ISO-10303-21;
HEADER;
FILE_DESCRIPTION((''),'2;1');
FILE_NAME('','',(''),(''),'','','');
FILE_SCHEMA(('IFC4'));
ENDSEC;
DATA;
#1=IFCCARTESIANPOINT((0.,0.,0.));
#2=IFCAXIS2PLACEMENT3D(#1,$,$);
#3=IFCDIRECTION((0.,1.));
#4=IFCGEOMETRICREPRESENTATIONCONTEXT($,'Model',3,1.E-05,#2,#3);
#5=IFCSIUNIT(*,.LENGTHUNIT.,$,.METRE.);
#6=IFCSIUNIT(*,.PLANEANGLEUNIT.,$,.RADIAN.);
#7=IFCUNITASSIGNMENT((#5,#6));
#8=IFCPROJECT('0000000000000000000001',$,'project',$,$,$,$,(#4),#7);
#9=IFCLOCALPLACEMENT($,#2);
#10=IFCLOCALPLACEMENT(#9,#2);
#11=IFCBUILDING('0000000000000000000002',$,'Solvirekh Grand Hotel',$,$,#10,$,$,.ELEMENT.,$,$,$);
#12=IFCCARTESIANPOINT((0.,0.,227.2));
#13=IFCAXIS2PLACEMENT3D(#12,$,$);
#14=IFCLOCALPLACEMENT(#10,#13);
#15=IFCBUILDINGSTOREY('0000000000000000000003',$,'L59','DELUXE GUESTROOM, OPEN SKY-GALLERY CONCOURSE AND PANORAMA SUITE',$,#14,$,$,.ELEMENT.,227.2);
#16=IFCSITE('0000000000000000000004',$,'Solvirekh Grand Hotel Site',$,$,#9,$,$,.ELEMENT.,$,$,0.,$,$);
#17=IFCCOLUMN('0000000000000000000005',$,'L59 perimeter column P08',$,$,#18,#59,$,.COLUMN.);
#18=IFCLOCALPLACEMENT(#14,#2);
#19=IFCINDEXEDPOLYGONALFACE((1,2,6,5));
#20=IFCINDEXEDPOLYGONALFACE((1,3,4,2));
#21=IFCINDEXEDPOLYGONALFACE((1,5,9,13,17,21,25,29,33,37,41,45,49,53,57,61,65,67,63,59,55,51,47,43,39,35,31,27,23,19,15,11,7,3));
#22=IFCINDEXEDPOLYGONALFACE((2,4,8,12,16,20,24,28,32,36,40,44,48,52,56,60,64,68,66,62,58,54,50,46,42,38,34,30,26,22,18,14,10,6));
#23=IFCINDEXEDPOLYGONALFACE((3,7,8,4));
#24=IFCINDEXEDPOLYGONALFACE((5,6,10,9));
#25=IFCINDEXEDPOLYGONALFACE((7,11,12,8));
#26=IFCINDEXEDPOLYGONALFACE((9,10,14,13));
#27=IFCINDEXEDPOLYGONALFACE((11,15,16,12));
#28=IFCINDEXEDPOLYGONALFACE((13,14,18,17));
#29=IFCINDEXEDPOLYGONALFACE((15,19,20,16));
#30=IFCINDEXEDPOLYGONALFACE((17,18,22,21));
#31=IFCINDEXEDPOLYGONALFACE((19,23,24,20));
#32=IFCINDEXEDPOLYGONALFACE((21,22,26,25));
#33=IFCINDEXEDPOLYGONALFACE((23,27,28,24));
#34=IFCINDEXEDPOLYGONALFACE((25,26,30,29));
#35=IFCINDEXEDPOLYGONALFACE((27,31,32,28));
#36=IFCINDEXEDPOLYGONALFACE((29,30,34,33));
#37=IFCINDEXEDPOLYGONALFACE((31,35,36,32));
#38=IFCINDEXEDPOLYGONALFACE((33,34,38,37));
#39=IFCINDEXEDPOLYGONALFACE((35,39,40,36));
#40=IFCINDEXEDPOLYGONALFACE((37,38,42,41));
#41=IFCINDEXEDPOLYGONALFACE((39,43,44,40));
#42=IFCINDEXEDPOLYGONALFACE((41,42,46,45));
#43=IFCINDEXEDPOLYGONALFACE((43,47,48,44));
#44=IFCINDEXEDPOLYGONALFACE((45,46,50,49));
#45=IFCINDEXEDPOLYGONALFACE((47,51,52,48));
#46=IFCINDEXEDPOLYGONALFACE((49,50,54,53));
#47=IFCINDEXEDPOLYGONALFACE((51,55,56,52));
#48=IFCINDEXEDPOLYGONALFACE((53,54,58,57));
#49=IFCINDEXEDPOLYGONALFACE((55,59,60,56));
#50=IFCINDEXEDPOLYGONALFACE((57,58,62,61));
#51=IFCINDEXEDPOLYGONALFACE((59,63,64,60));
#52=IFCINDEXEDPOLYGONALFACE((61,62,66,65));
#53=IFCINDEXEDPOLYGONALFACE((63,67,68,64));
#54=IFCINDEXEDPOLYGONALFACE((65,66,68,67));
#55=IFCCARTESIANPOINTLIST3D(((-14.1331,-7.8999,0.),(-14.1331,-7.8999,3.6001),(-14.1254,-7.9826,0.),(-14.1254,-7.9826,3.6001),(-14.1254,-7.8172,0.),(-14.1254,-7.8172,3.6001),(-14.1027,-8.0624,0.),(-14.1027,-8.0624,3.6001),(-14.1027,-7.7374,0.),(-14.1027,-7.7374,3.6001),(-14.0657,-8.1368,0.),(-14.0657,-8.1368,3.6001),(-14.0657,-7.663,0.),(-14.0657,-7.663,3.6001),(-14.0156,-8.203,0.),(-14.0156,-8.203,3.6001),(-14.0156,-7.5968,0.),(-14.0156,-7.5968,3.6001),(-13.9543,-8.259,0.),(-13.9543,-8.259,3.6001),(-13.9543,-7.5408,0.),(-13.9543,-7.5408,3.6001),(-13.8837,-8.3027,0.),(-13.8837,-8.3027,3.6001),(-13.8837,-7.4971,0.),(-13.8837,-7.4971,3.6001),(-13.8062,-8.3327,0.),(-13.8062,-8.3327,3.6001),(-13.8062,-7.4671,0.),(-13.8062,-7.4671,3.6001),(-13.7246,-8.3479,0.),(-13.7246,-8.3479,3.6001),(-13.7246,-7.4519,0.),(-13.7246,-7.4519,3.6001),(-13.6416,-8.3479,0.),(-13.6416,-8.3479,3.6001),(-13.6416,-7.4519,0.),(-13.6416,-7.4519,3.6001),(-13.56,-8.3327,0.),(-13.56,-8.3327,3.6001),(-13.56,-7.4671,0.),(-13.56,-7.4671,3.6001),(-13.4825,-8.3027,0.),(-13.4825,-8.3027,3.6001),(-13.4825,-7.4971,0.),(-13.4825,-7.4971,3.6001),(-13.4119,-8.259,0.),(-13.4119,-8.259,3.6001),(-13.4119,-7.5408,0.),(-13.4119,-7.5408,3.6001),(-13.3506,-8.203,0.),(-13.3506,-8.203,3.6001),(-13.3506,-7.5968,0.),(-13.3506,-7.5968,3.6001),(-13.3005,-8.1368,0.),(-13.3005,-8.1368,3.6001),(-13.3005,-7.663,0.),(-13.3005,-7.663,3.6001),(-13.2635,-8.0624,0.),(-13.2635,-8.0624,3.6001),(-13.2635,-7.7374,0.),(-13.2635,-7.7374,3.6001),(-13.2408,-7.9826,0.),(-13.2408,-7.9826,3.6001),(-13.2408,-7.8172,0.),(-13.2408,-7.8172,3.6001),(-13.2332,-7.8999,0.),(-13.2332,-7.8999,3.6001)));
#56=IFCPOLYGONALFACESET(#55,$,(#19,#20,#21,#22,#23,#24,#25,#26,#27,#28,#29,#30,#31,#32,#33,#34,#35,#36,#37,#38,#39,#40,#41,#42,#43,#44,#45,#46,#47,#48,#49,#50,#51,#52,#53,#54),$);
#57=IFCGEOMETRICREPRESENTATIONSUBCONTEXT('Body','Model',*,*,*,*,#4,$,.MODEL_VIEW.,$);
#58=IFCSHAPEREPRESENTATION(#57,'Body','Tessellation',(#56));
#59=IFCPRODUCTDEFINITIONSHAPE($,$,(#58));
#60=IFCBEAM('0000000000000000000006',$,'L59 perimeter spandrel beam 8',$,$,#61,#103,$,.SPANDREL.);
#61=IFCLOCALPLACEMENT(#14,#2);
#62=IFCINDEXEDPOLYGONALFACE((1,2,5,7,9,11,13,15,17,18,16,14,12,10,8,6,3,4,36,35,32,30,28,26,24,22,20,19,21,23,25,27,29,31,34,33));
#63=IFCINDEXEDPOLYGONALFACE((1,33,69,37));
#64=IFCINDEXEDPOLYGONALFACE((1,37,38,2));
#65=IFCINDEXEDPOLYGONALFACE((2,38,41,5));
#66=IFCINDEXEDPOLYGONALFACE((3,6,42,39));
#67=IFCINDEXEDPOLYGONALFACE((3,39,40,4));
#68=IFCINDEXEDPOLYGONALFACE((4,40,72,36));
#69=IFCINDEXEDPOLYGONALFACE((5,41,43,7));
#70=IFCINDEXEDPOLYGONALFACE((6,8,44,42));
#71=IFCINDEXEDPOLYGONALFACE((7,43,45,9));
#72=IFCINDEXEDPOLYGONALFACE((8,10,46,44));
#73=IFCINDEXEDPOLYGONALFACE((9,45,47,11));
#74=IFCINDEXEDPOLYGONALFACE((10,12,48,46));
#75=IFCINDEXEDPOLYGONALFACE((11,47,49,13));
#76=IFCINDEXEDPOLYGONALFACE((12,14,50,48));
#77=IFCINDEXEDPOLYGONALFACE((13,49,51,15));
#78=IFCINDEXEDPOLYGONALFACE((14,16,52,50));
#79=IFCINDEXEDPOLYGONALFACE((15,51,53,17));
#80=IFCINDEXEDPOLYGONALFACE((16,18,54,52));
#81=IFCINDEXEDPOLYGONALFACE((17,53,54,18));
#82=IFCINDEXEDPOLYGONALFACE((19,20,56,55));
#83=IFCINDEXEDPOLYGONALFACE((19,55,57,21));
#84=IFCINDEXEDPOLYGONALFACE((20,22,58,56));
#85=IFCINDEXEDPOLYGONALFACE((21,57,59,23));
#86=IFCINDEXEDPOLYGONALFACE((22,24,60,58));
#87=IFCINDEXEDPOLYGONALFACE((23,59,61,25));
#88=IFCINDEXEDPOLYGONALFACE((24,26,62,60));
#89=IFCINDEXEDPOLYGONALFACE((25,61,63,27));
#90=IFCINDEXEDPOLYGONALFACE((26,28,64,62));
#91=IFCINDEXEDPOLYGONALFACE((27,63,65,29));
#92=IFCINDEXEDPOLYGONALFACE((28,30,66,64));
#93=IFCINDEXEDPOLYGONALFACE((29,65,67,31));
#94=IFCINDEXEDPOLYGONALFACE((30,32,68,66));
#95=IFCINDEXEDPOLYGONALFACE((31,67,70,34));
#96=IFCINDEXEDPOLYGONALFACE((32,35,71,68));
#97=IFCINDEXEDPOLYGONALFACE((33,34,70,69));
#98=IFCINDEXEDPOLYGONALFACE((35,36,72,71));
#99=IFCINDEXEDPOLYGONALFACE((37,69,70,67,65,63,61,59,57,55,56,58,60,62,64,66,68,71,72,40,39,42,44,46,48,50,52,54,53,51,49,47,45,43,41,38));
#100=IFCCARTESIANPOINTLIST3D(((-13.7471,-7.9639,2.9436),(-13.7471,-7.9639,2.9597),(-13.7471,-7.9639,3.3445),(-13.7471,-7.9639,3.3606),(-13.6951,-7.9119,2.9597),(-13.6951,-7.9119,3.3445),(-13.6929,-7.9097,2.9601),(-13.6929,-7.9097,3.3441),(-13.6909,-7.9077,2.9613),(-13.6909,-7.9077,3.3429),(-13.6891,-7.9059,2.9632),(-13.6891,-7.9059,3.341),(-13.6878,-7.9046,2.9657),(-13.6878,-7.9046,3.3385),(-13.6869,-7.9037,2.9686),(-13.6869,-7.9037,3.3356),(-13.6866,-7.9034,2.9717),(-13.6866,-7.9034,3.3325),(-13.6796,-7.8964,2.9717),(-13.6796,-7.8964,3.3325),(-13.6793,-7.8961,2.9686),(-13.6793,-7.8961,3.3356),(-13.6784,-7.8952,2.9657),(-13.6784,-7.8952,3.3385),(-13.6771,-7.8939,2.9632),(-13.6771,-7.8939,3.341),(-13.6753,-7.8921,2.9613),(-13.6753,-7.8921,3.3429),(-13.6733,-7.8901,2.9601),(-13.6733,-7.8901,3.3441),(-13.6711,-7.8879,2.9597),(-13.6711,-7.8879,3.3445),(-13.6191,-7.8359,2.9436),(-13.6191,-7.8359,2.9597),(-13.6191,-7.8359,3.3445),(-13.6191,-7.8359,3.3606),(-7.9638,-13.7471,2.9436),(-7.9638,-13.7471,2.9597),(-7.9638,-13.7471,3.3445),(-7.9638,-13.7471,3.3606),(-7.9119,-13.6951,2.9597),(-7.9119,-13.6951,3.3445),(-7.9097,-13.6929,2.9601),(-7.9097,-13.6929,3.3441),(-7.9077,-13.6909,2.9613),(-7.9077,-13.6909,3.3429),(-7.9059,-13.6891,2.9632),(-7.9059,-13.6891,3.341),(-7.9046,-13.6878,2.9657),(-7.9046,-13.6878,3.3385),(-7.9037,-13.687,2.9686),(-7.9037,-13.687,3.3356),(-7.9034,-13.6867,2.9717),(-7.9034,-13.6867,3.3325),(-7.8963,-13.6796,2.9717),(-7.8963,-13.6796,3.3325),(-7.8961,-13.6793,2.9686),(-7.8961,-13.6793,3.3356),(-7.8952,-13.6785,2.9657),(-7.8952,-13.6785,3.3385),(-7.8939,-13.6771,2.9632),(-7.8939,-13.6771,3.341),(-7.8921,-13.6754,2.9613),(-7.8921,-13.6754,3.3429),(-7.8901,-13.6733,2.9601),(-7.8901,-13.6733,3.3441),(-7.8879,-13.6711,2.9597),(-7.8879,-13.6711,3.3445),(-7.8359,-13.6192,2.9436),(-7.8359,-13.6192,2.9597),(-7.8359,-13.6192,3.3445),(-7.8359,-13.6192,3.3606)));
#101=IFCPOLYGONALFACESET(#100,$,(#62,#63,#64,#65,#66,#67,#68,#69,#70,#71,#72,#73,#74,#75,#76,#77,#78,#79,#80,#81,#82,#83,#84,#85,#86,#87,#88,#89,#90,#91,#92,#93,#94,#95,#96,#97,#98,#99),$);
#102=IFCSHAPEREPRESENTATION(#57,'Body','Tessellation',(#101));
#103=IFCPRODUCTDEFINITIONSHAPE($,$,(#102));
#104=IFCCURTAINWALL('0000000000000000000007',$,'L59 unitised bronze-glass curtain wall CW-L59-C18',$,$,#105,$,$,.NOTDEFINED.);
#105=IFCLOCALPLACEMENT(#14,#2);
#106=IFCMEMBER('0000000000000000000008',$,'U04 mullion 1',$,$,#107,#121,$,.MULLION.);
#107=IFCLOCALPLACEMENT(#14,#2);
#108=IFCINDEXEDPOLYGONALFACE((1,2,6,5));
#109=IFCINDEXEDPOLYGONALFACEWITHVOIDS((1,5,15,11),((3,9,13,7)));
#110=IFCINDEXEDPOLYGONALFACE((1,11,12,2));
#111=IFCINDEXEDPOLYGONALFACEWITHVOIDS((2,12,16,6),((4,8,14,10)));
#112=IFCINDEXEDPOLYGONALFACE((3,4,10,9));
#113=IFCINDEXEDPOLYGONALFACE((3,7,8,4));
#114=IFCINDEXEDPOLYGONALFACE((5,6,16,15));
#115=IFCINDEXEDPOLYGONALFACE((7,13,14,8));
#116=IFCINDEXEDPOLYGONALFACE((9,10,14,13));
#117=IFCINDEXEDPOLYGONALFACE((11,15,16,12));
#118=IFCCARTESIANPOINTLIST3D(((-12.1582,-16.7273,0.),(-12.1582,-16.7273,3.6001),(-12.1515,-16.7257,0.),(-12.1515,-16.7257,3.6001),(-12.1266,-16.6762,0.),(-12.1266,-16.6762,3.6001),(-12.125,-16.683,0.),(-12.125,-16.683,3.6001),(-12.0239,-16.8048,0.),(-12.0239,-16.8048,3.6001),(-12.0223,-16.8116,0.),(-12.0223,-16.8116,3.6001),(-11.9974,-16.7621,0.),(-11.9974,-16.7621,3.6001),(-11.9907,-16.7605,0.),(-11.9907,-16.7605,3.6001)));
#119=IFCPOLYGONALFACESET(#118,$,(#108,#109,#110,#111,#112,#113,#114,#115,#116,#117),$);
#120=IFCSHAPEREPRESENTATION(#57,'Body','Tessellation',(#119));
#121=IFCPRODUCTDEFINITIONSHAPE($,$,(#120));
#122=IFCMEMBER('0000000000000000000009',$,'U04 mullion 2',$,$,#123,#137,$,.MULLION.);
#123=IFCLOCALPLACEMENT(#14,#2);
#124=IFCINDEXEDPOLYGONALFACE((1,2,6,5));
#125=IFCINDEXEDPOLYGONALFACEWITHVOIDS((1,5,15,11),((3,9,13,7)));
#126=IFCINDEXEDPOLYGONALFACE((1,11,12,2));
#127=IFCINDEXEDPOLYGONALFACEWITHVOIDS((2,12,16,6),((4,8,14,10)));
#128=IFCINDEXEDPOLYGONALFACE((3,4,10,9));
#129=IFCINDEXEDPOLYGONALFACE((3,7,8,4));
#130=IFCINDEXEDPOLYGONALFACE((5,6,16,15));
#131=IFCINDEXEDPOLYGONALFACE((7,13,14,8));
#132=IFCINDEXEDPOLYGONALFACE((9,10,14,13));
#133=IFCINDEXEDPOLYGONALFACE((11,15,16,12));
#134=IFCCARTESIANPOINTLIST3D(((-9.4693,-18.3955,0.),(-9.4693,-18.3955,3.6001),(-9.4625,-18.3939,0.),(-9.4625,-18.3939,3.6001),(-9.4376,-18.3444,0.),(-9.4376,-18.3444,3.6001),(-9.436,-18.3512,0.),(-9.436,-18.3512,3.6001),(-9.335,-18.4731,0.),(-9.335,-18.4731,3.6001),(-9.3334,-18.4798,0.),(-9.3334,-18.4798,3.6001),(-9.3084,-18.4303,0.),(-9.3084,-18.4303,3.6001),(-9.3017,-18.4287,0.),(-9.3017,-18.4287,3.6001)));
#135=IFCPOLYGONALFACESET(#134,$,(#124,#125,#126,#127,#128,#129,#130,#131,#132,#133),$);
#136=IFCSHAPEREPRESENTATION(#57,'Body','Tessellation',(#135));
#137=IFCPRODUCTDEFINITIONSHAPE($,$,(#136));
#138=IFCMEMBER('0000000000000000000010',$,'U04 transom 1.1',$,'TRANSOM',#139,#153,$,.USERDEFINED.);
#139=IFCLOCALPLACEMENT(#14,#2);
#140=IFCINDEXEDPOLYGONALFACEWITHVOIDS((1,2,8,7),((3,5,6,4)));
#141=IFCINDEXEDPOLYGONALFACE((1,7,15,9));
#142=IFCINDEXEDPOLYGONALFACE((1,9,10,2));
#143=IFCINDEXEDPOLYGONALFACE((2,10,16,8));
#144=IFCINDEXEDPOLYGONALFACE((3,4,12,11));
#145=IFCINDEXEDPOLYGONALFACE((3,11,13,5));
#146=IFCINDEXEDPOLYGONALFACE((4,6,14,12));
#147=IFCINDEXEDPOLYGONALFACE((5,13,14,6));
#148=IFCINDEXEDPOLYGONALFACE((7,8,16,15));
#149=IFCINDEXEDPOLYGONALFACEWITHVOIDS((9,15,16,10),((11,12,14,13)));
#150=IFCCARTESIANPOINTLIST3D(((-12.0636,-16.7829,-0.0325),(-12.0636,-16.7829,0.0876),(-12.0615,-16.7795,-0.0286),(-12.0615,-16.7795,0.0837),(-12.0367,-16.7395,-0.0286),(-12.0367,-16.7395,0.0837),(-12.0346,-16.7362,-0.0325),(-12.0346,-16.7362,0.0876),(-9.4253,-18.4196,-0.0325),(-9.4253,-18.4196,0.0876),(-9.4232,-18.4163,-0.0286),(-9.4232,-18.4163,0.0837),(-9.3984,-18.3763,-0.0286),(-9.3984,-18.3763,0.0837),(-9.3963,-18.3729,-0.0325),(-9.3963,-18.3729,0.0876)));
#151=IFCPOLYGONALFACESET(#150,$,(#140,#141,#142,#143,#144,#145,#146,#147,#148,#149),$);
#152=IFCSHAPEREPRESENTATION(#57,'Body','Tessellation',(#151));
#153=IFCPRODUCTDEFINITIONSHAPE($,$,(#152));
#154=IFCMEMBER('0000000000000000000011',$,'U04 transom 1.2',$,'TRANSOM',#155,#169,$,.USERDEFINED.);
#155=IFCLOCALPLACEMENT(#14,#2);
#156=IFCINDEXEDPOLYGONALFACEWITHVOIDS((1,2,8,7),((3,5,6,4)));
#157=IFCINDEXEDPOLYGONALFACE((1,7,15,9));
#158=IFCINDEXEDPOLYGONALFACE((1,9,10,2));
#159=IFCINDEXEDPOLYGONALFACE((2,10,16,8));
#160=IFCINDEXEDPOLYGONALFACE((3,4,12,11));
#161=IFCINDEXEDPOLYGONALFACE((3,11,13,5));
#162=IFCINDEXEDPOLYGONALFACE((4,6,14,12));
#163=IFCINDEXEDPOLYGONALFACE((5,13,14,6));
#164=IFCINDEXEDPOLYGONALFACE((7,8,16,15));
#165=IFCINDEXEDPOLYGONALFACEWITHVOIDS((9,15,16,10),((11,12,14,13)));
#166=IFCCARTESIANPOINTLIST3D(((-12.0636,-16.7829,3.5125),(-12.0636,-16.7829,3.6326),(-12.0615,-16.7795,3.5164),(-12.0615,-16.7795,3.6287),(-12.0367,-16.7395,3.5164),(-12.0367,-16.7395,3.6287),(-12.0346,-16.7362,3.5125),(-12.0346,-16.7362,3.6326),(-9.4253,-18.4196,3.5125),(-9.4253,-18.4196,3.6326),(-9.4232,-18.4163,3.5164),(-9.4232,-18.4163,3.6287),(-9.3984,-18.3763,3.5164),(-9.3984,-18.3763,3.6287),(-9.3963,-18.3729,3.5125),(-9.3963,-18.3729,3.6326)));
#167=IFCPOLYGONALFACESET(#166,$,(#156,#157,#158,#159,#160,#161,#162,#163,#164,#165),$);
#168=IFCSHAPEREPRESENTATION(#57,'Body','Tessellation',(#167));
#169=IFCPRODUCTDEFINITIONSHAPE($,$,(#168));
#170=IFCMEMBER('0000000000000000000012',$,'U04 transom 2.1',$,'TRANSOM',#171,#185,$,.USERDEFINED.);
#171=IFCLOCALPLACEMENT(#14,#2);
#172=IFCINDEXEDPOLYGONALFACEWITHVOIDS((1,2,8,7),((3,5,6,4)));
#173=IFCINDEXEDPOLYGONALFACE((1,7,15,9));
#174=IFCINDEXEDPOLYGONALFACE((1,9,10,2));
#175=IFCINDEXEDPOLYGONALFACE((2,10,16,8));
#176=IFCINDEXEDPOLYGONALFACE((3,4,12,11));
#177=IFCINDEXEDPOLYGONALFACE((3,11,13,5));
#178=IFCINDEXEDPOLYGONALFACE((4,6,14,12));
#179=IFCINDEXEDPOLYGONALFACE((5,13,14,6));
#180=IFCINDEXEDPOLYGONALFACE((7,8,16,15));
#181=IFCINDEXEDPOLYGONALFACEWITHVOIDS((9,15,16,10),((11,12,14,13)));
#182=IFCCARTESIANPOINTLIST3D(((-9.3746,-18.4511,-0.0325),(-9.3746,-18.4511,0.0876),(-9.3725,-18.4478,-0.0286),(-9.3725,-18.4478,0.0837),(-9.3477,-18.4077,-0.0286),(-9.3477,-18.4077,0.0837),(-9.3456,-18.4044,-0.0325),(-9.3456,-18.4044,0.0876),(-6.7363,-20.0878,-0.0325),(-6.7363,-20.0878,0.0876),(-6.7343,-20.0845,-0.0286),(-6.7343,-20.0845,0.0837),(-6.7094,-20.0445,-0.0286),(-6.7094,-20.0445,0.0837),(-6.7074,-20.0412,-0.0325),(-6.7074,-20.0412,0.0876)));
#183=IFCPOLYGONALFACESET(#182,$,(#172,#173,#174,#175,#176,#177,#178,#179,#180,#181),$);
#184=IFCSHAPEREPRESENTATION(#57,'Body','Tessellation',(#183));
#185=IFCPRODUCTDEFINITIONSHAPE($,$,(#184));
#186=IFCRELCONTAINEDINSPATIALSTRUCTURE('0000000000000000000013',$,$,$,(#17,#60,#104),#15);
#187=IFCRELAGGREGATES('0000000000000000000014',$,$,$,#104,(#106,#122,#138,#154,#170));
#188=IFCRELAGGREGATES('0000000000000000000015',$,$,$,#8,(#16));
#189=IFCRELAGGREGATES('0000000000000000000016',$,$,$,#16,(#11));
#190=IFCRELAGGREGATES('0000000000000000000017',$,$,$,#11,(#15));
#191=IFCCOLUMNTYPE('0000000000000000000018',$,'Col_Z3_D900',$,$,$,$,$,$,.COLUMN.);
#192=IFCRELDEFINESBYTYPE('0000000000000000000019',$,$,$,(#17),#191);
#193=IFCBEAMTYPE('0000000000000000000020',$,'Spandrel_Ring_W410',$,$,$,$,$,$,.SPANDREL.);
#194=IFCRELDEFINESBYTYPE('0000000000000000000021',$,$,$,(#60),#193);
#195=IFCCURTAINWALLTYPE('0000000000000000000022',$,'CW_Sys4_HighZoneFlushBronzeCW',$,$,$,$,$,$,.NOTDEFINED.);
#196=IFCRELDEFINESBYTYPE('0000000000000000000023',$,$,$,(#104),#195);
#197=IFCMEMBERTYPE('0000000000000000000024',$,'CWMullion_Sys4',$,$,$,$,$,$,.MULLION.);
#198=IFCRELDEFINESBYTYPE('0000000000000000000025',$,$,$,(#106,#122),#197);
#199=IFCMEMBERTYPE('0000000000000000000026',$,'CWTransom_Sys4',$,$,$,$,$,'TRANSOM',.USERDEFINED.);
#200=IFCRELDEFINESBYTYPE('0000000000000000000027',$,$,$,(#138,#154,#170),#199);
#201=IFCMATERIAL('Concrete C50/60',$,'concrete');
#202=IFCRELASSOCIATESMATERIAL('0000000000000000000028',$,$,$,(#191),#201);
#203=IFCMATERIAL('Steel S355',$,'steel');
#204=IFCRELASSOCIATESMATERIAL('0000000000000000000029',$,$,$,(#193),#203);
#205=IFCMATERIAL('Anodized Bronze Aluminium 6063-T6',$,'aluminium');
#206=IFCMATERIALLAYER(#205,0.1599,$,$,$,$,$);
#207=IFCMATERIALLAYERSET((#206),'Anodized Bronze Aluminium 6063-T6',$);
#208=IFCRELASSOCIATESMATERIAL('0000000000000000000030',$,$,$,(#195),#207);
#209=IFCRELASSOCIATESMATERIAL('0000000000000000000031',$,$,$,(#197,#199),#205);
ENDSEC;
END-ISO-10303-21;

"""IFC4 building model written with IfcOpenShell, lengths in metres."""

from ifc_helpers import new_model, si_unit, direction, frame, origin, origin_2d, place, context, subcontext, project, spatial, hollow_rectangle, circle, i_section, extrude, source, transform, mapped, material, layer, layer_set, material_profile, profile_set, type_object, element, aggregate, save


model = new_model("IFC4")

# Units and contexts
model_context = context("Model", 3, precision=1e-05, world=origin(), true_north=direction((0.0, 1.0)))
body_context = subcontext(model_context, "Body", "Model", "MODEL_VIEW")
ifc_project = project(units=[si_unit("LENGTHUNIT", "METRE"), si_unit("PLANEANGLEUNIT", "RADIAN")], contexts=[model_context])

# Site, building, storey
site_placement = place(None, origin())
site = spatial("IfcSite", under=ifc_project, at=site_placement, Name="Solvirekh Grand Hotel Site", CompositionType="ELEMENT", RefElevation=0.0)
building_placement = place(site_placement, origin())
building = spatial("IfcBuilding", under=site, at=building_placement, Name="Solvirekh Grand Hotel", CompositionType="ELEMENT")
storey_placement = place(building_placement, frame((0.0, 0.0, 227.2)))
storey = spatial("IfcBuildingStorey", under=building, at=storey_placement, Name="L59", Description="DELUXE GUESTROOM, OPEN SKY-GALLERY CONCOURSE AND PANORAMA SUITE", CompositionType="ELEMENT", Elevation=227.2)

# Column
ifc_material_1 = material(Name="Concrete C50/60", Category="concrete")
ifc_material_profile_1 = material_profile(ifc_material_1, circle(Radius=0.45, at=origin_2d()), Name="RC CIRC D900")
ifc_profile_set_1 = profile_set([ifc_material_profile_1], Name="Concrete C50/60")
column_type = type_object("IfcColumnType", Name="Col_Z3_D900", PredefinedType="COLUMN", material=ifc_profile_set_1)
column_placement = place(storey_placement, frame((-13.6831, -7.8999, 0.0), z_axis=(0.0, 0.0, 1.0), x_axis=(1.0, 0.0, 0.0)))
element("IfcColumn", 1, at=column_placement, inside=storey, type_object=column_type, Name="L59 perimeter column P08", PredefinedType="COLUMN", context=body_context, shape_type="SweptSolid", body=[
    extrude(circle(Radius=0.45, at=origin_2d()), origin(), (0.0, 0.0, 1.0), 3.6001),
])

# Beam
ifc_material_2 = material(Name="Steel S355", Category="steel")
ifc_material_profile_2 = material_profile(ifc_material_2, i_section(OverallWidth=0.1809, OverallDepth=0.417, WebThickness=0.01, FlangeThickness=0.0161, FilletRadius=0.012, at=origin_2d()), Name="W410X85")
ifc_profile_set_2 = profile_set([ifc_material_profile_2], Name="Steel S355")
beam_type = type_object("IfcBeamType", Name="Spandrel_Ring_W410", PredefinedType="SPANDREL", material=ifc_profile_set_2)
beam_placement = place(storey_placement, frame((-13.6831, -7.8999, 3.1521), z_axis=(0.707107, -0.707107, 0.0), x_axis=(0.707107, 0.707107, 0.0)))
element("IfcBeam", 2, at=beam_placement, inside=storey, type_object=beam_type, Name="L59 perimeter spandrel beam 8", PredefinedType="SPANDREL", context=body_context, shape_type="SweptSolid", body=[
    extrude(i_section(OverallWidth=0.1809, OverallDepth=0.417, WebThickness=0.01, FlangeThickness=0.0161, FilletRadius=0.012, at=origin_2d()), origin(), (0.0, 0.0, 1.0), 8.1787),
])

# Curtain wall, members
ifc_material_3 = material(Name="Anodized Bronze Aluminium 6063-T6", Category="aluminium")
ifc_layer_1 = layer(ifc_material_3, 0.1599)
ifc_layer_set_1 = layer_set([ifc_layer_1], Name="Anodized Bronze Aluminium 6063-T6")
curtain_wall_type = type_object("IfcCurtainWallType", Name="CW_Sys4_HighZoneFlushBronzeCW", PredefinedType="NOTDEFINED", material=ifc_layer_set_1)
curtain_wall_placement = place(storey_placement, origin())
curtain_wall = element("IfcCurtainWall", 3, at=curtain_wall_placement, inside=storey, type_object=curtain_wall_type, Name="L59 unitised bronze-glass curtain wall CW-L59-C18", PredefinedType="NOTDEFINED")
ifc_material_profile_3 = material_profile(ifc_material_3, hollow_rectangle(XDim=0.0601, YDim=0.1599, WallThickness=0.0049, at=origin_2d()), Name="ALU RHS 160X60X5")
ifc_profile_set_3 = profile_set([ifc_material_profile_3], Name="Anodized Bronze Aluminium 6063-T6")
member_type_1 = type_object("IfcMemberType", Name="CWMullion_Sys4", PredefinedType="MULLION", material=ifc_profile_set_3)
shared_shape_1 = source(origin(), body_context, "Body", "SweptSolid", [
    extrude(hollow_rectangle(XDim=0.0601, YDim=0.1599, WallThickness=0.0049, at=origin_2d()), origin(), (0.0, 0.0, 1.0), 3.6001),
])
member_1_placement = place(storey_placement, frame((-12.0745, -16.7439, 0.0), z_axis=(0.0, 0.0, 1.0), x_axis=(0.527168, 0.849761, 0.0)))
member_1 = element("IfcMember", 4, at=member_1_placement, type_object=member_type_1, Name="U04 mullion 1", PredefinedType="MULLION", context=body_context, shape_type="MappedRepresentation", body=[
    mapped(shared_shape_1, transform((0.0, 0.0, 0.0), x_axis=(1.0, 0.0, 0.0), y_axis=(0.0, 1.0, 0.0), z_axis=(0.0, 0.0, 1.0), scale=1.0)),
])
member_2_placement = place(storey_placement, frame((-9.3855, -18.4121, 0.0), z_axis=(0.0, 0.0, 1.0), x_axis=(0.527168, 0.849761, 0.0)))
member_2 = element("IfcMember", 5, at=member_2_placement, type_object=member_type_1, Name="U04 mullion 2", PredefinedType="MULLION", context=body_context, shape_type="MappedRepresentation", body=[
    mapped(shared_shape_1, transform((0.0, 0.0, 0.0), x_axis=(1.0, 0.0, 0.0), y_axis=(0.0, 1.0, 0.0), z_axis=(0.0, 0.0, 1.0), scale=1.0)),
])
ifc_material_profile_4 = material_profile(ifc_material_3, hollow_rectangle(XDim=0.0549, YDim=0.1201, WallThickness=0.0039, at=origin_2d()), Name="ALU RHS 120X55X4")
ifc_profile_set_4 = profile_set([ifc_material_profile_4], Name="Anodized Bronze Aluminium 6063-T6")
member_type_2 = type_object("IfcMemberType", Name="CWTransom_Sys4", ElementType="TRANSOM", PredefinedType="USERDEFINED", material=ifc_profile_set_4)
shared_shape_2 = source(origin(), body_context, "Body", "SweptSolid", [
    extrude(hollow_rectangle(XDim=0.0549, YDim=0.1201, WallThickness=0.0039, at=origin_2d()), origin(), (0.0, 0.0, 1.0), 3.1047),
])
member_3_placement = place(storey_placement, frame((-12.0491, -16.7595, 0.0276), z_axis=(0.849752, -0.527183, 0.0), x_axis=(0.527183, 0.849752, 0.0)))
member_3 = element("IfcMember", 6, at=member_3_placement, type_object=member_type_2, Name="U04 transom 1.1", ObjectType="TRANSOM", PredefinedType="USERDEFINED", context=body_context, shape_type="MappedRepresentation", body=[
    mapped(shared_shape_2, transform((0.0, 0.0, 0.0), x_axis=(1.0, 0.0, 0.0), y_axis=(0.0, 1.0, 0.0), z_axis=(0.0, 0.0, 1.0), scale=1.0)),
])
member_4_placement = place(storey_placement, frame((-12.0491, -16.7595, 3.5725), z_axis=(0.849752, -0.527183, 0.0), x_axis=(0.527183, 0.849752, 0.0)))
member_4 = element("IfcMember", 7, at=member_4_placement, type_object=member_type_2, Name="U04 transom 1.2", ObjectType="TRANSOM", PredefinedType="USERDEFINED", context=body_context, shape_type="MappedRepresentation", body=[
    mapped(shared_shape_2, transform((0.0, 0.0, 0.0), x_axis=(1.0, 0.0, 0.0), y_axis=(0.0, 1.0, 0.0), z_axis=(0.0, 0.0, 1.0), scale=1.0)),
])
member_5_placement = place(storey_placement, frame((-9.3601, -18.4277, 0.0276), z_axis=(0.849752, -0.527183, 0.0), x_axis=(0.527183, 0.849752, 0.0)))
member_5 = element("IfcMember", 8, at=member_5_placement, type_object=member_type_2, Name="U04 transom 2.1", ObjectType="TRANSOM", PredefinedType="USERDEFINED", context=body_context, shape_type="MappedRepresentation", body=[
    mapped(shared_shape_2, transform((0.0, 0.0, 0.0), x_axis=(1.0, 0.0, 0.0), y_axis=(0.0, 1.0, 0.0), z_axis=(0.0, 0.0, 1.0), scale=1.0)),
])
aggregate(curtain_wall, [member_1, member_2, member_3, member_4, member_5])

save(model, "model.ifc")
